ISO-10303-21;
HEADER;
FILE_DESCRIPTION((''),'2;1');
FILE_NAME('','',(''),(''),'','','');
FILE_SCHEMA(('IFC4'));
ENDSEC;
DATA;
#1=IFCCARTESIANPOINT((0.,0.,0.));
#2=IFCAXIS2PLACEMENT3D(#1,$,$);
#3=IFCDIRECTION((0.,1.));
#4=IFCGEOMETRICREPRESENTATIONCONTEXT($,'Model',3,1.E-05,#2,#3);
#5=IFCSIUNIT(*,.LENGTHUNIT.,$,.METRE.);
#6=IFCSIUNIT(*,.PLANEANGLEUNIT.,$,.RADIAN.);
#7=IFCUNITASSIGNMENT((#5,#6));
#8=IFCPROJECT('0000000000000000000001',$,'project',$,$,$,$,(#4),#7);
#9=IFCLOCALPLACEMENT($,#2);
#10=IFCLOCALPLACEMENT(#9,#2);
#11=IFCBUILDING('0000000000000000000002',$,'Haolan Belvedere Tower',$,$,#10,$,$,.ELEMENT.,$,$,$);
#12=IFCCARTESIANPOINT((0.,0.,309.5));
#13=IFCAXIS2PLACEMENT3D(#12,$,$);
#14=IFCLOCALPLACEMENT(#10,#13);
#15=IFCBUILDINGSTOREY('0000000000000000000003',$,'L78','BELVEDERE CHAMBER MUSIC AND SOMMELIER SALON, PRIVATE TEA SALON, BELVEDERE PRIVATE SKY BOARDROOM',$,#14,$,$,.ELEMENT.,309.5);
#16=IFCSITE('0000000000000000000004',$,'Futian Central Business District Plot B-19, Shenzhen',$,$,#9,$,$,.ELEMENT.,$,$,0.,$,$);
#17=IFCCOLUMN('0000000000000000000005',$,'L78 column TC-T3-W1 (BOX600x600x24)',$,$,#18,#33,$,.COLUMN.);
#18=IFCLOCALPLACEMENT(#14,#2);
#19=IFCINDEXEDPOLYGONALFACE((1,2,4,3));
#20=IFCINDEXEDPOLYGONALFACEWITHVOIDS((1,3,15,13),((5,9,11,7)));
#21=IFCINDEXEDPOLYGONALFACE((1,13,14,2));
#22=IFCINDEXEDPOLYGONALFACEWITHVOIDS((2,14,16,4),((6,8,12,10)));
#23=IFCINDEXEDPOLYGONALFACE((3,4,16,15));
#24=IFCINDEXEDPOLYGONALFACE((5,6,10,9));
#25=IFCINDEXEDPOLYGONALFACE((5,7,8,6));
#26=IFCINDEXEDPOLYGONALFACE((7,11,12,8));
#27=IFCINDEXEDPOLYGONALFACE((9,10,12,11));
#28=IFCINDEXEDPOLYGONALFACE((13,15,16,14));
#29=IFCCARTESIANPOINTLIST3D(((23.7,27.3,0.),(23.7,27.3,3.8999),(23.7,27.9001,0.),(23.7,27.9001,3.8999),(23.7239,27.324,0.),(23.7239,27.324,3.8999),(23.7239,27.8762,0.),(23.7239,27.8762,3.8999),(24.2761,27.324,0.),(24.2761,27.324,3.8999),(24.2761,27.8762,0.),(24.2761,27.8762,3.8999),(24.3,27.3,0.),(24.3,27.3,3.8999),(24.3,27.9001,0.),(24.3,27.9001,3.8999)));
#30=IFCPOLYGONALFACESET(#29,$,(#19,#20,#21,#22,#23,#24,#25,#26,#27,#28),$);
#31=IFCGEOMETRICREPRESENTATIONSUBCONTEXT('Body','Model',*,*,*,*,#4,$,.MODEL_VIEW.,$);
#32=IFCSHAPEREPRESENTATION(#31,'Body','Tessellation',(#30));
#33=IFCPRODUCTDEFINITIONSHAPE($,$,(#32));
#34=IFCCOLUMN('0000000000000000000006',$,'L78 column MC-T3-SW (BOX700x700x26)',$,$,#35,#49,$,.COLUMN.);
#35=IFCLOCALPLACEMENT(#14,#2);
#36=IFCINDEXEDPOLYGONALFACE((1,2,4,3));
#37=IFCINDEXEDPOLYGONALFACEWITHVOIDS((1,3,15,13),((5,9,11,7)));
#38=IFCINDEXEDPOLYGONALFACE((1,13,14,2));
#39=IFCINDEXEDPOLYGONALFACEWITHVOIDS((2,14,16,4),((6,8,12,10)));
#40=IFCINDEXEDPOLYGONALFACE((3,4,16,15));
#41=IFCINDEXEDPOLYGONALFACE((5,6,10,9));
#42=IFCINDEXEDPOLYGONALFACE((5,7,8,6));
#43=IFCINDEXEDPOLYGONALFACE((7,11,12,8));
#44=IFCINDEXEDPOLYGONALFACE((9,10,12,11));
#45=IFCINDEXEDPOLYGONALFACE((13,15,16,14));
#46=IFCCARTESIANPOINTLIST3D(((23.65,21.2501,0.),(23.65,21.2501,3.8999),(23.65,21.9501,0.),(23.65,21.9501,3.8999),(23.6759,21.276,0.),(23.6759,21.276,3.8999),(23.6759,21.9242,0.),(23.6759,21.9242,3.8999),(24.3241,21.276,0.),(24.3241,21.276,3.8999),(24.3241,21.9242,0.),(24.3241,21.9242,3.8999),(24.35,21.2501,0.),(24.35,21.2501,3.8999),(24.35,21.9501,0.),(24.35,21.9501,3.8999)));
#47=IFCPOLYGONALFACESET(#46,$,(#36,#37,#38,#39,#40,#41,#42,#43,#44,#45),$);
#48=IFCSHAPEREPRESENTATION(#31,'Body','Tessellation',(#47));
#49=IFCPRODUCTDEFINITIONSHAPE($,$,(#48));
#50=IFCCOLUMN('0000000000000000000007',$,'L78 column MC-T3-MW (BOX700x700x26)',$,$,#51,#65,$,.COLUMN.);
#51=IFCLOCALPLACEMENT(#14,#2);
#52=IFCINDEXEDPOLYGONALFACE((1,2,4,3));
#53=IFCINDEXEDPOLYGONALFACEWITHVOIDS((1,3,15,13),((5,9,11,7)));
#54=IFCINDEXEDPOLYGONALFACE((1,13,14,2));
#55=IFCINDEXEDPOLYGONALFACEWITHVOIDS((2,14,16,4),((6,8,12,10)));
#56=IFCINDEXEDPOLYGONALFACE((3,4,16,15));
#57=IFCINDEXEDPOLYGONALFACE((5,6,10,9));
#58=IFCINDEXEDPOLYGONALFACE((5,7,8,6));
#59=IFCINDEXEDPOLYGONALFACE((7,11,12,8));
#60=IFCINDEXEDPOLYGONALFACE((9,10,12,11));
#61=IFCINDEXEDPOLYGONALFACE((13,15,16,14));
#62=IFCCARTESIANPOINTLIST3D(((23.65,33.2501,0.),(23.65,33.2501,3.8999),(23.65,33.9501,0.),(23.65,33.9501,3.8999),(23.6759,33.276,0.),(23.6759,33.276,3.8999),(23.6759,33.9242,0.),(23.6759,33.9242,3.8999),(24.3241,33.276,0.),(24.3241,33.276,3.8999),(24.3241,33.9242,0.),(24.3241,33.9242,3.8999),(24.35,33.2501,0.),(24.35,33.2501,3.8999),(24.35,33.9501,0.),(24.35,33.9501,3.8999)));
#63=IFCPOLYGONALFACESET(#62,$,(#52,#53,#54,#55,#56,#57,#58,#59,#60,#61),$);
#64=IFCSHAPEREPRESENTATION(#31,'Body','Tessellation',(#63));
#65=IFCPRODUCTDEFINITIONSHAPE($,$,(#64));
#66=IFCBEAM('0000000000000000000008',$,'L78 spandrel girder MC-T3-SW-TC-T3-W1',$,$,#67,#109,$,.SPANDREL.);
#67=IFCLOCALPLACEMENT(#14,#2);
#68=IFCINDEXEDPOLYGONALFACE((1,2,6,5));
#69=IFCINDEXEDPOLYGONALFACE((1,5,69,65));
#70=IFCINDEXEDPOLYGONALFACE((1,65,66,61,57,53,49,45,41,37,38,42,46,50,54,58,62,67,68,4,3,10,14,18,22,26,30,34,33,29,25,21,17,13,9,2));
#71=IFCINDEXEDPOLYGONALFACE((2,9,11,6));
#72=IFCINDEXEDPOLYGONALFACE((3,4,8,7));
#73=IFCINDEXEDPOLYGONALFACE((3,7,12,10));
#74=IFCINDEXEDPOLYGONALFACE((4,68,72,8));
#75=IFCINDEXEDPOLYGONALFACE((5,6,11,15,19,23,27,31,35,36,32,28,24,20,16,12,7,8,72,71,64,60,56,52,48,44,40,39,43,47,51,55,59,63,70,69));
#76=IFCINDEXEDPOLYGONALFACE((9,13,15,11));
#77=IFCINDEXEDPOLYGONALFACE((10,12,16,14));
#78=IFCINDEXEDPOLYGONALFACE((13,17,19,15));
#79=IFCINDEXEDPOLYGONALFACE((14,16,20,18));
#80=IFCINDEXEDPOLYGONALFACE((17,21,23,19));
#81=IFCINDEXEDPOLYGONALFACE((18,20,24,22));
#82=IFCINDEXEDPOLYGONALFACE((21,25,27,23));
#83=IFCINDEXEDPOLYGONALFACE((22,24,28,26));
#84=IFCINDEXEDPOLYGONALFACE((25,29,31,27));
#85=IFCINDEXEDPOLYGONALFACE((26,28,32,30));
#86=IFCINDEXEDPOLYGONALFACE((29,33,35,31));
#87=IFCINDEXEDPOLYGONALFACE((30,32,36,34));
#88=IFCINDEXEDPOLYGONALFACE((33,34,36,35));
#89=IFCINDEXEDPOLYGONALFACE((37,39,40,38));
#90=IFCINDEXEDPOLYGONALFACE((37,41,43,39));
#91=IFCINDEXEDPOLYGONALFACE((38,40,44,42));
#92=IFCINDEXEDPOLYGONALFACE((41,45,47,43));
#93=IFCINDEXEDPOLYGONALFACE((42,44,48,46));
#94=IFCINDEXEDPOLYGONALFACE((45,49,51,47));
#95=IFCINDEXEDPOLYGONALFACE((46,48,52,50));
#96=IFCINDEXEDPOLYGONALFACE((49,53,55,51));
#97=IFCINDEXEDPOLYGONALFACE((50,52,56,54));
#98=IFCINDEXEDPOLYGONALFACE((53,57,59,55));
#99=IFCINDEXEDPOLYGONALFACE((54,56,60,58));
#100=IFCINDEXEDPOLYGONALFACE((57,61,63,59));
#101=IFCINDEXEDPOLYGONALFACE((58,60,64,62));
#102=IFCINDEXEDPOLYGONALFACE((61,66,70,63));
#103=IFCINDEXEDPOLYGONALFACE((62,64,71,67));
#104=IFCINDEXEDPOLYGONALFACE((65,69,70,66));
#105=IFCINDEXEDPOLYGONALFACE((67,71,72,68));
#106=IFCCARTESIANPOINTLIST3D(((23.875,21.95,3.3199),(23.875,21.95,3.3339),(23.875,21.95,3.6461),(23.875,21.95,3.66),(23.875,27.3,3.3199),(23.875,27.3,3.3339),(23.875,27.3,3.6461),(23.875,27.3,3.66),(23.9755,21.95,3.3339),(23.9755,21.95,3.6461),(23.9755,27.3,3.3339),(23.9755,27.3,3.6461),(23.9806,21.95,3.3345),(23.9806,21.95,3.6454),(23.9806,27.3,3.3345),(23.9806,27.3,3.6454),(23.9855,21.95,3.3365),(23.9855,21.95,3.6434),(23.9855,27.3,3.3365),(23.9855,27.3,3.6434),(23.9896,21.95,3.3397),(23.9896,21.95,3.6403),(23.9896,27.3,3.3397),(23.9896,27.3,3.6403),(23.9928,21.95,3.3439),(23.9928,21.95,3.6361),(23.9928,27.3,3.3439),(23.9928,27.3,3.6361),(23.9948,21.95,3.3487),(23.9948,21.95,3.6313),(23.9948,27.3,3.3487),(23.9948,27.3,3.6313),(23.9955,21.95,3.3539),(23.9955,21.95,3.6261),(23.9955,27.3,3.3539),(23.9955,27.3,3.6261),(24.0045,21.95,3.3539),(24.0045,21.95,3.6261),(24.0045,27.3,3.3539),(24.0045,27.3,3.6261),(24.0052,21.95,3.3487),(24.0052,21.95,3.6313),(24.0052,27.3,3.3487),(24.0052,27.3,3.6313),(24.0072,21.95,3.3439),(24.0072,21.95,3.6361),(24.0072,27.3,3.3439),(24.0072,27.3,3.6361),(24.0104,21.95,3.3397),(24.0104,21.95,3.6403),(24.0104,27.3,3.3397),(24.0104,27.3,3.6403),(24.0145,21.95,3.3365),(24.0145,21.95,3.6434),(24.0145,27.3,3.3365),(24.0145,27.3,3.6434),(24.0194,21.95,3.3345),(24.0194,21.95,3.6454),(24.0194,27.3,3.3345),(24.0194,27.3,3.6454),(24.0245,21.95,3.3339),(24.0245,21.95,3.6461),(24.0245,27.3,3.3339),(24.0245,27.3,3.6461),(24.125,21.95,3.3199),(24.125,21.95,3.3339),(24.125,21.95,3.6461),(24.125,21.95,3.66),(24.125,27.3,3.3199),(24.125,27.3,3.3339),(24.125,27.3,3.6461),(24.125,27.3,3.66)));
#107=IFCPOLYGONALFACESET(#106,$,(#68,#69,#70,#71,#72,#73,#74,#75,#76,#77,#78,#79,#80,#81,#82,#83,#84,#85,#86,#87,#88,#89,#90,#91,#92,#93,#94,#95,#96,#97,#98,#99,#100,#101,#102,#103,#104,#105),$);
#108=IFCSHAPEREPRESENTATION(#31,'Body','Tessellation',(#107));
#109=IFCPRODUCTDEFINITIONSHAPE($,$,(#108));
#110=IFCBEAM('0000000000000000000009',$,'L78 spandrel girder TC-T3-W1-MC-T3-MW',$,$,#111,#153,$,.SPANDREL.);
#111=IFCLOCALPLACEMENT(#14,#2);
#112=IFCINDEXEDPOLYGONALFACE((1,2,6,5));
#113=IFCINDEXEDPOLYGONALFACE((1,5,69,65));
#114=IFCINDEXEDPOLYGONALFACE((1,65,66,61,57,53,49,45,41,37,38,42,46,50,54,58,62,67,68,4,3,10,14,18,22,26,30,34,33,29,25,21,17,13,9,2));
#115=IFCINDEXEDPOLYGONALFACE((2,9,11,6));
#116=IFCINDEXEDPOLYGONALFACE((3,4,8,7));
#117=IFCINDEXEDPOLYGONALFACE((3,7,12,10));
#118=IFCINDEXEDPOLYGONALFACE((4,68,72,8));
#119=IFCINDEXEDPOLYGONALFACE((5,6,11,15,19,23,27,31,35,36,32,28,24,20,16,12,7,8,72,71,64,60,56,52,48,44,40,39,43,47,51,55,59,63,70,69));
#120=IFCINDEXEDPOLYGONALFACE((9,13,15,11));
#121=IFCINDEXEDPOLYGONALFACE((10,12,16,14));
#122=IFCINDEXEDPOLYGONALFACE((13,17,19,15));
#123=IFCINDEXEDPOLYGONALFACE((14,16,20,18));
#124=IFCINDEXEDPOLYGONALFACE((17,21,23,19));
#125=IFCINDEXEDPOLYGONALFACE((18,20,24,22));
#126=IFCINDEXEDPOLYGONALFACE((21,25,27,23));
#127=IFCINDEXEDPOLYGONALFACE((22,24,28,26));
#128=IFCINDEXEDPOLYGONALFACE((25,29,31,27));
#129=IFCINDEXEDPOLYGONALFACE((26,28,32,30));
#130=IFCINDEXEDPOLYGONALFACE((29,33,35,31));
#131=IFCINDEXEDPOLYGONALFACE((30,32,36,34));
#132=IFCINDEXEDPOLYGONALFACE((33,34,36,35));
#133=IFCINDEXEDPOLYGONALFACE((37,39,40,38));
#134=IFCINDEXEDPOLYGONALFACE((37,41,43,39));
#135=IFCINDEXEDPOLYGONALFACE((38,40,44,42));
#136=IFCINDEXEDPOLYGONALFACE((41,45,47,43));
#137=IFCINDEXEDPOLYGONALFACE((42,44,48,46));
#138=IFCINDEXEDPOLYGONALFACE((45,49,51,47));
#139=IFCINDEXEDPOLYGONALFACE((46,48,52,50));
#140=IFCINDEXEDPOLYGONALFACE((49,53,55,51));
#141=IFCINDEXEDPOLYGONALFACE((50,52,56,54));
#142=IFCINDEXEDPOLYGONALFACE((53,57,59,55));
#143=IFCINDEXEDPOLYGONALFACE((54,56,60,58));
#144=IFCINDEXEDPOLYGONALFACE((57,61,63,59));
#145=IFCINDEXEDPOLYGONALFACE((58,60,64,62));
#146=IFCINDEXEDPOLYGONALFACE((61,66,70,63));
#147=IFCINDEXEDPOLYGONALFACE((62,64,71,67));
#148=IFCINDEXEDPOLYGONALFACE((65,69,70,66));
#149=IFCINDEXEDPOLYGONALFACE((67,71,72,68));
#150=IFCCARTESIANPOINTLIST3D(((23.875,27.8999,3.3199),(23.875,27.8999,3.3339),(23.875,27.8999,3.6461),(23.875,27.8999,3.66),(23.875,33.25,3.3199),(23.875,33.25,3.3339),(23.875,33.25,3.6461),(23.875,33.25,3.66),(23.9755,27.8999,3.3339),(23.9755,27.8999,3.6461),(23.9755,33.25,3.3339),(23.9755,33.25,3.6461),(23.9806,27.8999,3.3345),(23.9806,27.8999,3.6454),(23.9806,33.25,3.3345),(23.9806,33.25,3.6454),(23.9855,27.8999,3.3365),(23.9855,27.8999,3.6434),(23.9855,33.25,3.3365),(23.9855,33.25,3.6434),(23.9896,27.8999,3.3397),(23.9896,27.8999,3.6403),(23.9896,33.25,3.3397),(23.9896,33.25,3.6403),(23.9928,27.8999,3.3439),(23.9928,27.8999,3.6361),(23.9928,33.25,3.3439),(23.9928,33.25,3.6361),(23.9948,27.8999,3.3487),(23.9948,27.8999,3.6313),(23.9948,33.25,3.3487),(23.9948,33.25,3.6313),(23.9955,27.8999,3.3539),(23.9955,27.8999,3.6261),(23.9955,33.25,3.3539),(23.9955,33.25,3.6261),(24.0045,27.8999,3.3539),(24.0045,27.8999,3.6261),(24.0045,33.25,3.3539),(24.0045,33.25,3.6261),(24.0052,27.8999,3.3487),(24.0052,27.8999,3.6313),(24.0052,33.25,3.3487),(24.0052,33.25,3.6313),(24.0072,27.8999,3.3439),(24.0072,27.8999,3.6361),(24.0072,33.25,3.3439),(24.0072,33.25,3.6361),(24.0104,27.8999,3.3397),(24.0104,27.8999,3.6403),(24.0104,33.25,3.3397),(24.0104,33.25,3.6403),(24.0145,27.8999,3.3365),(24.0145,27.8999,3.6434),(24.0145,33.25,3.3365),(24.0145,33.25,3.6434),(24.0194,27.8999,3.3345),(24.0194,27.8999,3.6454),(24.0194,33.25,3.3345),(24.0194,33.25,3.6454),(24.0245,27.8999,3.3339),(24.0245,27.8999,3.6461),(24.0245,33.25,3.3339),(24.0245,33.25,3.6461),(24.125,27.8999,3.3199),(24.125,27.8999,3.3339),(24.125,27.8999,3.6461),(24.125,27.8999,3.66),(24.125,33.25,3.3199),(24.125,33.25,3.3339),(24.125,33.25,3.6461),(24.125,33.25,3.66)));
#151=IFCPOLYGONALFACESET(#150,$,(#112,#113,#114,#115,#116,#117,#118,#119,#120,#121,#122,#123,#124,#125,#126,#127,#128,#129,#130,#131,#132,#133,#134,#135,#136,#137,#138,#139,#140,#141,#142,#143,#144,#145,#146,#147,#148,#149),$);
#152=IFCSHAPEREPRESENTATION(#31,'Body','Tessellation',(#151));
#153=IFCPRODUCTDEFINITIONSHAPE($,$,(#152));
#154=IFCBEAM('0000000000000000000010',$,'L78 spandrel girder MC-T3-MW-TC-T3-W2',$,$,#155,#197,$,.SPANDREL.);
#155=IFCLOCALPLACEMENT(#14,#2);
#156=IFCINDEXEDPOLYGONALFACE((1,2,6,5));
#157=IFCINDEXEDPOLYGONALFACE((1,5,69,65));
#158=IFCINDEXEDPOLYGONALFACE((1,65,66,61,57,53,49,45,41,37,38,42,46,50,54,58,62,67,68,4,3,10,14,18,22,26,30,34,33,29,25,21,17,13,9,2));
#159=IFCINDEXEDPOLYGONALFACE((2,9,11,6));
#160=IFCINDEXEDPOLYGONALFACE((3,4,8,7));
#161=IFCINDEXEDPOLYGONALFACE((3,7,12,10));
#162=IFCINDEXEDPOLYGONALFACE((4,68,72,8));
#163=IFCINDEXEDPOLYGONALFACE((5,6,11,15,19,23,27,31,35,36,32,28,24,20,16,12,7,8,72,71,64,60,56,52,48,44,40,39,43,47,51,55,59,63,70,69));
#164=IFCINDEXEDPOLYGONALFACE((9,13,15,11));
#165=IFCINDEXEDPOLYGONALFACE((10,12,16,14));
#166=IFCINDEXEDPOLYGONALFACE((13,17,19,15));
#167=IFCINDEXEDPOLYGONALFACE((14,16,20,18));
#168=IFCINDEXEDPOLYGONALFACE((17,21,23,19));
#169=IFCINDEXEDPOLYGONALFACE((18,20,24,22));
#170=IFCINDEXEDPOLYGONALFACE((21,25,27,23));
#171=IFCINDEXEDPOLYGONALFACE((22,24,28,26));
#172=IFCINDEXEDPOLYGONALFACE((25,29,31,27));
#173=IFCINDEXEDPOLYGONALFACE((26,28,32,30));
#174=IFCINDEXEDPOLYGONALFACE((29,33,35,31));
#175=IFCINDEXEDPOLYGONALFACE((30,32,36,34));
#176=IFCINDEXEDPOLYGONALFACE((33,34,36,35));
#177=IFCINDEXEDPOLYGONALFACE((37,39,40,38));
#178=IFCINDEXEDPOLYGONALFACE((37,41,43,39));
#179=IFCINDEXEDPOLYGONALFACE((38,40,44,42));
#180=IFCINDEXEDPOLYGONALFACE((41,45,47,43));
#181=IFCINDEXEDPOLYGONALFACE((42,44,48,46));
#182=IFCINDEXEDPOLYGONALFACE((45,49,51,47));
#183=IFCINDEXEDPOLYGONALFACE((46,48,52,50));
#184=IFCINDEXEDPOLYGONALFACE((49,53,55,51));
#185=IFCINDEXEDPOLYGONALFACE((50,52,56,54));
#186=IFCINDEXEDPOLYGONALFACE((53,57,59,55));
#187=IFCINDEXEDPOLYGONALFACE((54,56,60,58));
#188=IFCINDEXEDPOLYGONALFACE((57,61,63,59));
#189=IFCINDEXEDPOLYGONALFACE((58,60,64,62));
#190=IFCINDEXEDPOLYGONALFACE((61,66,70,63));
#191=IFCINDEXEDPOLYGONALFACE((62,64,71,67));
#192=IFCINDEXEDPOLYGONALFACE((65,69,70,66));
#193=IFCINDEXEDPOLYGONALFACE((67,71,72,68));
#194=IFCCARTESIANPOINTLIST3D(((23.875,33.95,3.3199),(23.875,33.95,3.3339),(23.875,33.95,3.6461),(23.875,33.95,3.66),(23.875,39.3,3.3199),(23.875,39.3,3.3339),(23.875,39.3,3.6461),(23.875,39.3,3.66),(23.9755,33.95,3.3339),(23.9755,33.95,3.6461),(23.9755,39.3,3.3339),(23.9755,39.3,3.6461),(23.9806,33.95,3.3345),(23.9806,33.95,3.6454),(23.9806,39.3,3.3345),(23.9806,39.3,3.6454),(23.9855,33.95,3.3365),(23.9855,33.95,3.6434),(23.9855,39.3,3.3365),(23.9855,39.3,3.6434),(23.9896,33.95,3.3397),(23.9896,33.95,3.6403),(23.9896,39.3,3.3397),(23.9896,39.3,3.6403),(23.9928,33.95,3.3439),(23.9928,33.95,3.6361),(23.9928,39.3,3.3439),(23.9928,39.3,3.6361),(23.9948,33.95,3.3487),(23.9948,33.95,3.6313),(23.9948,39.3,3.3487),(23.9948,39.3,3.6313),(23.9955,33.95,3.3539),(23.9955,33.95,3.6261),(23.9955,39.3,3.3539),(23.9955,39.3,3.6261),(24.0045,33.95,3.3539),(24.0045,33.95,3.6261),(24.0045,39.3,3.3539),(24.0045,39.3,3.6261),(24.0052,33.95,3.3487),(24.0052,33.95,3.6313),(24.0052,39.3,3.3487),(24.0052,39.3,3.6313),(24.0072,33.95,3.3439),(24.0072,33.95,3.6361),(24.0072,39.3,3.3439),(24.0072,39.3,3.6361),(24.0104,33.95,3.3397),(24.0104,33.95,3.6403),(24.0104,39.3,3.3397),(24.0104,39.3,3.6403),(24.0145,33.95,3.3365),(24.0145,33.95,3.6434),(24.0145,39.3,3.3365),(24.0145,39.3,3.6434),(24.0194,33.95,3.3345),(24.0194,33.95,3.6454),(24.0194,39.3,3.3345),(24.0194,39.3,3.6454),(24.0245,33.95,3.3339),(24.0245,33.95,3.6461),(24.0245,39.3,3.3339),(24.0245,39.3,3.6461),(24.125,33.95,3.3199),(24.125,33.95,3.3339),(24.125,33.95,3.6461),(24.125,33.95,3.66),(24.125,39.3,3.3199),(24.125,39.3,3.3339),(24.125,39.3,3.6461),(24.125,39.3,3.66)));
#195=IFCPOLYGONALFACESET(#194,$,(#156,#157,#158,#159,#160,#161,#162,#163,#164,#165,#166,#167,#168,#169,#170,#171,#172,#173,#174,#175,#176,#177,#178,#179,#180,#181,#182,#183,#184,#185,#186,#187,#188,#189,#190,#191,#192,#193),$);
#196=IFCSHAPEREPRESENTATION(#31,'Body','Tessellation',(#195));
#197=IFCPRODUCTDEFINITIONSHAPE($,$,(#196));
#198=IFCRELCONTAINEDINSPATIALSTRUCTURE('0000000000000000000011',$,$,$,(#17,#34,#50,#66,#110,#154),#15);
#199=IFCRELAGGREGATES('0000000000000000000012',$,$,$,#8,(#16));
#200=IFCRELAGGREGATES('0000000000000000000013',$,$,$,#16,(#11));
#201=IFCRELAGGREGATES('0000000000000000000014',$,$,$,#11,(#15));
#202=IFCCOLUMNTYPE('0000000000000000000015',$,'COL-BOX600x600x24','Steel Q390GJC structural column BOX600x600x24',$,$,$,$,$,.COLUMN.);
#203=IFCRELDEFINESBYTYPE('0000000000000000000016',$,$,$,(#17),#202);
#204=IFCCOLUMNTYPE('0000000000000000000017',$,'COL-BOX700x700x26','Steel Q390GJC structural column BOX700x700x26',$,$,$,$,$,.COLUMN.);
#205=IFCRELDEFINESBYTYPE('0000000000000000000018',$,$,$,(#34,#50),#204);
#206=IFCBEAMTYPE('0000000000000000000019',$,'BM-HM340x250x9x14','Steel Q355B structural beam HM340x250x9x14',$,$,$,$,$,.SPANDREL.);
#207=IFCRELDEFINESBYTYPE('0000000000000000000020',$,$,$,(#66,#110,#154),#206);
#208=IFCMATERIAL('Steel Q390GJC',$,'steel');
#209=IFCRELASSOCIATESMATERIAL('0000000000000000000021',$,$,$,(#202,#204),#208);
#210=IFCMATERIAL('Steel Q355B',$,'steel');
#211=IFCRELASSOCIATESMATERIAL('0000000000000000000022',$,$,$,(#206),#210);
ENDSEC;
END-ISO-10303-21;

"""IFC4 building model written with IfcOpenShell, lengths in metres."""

from ifc_helpers import new_model, si_unit, direction, frame, origin, origin_2d, place, context, subcontext, project, spatial, hollow_rectangle, i_section, extrude, material, material_profile, profile_set, type_object, element, save


model = new_model("IFC4")

# Units and contexts
model_context = context("Model", 3, precision=1e-05, world=origin(), true_north=direction((0.0, 1.0)))
body_context = subcontext(model_context, "Body", "Model", "MODEL_VIEW")
ifc_project = project(units=[si_unit("LENGTHUNIT", "METRE"), si_unit("PLANEANGLEUNIT", "RADIAN")], contexts=[model_context])

# Site, building, storey
site_placement = place(None, origin())
site = spatial("IfcSite", under=ifc_project, at=site_placement, Name="Futian Central Business District Plot B-19, Shenzhen", CompositionType="ELEMENT", RefElevation=0.0)
building_placement = place(site_placement, origin())
building = spatial("IfcBuilding", under=site, at=building_placement, Name="Haolan Belvedere Tower", CompositionType="ELEMENT")
storey_placement = place(building_placement, frame((0.0, 0.0, 309.5)))
storey = spatial("IfcBuildingStorey", under=building, at=storey_placement, Name="L78", Description="BELVEDERE CHAMBER MUSIC AND SOMMELIER SALON, PRIVATE TEA SALON, BELVEDERE PRIVATE SKY BOARDROOM", CompositionType="ELEMENT", Elevation=309.5)

# Columns
ifc_material_1 = material(Name="Steel Q390GJC", Category="steel")
ifc_material_profile_1 = material_profile(ifc_material_1, hollow_rectangle(XDim=0.6001, YDim=0.6001, WallThickness=0.0239, at=origin_2d()), Name="Steel Q390GJC")
ifc_profile_set_1 = profile_set([ifc_material_profile_1], Name="Steel Q390GJC")
column_type_1 = type_object("IfcColumnType", Name="COL-BOX600x600x24", Description="Steel Q390GJC structural column BOX600x600x24", PredefinedType="COLUMN", material=ifc_profile_set_1)
column_placement = place(storey_placement, frame((24.0, 27.6001, 0.0), z_axis=(0.0, 0.0, 1.0), x_axis=(1.0, 0.0, 0.0)))
element("IfcColumn", 1, at=column_placement, inside=storey, type_object=column_type_1, Name="L78 column TC-T3-W1 (BOX600x600x24)", PredefinedType="COLUMN", context=body_context, shape_type="SweptSolid", body=[
    extrude(hollow_rectangle(XDim=0.6001, YDim=0.6001, WallThickness=0.0239, at=origin_2d()), origin(), (0.0, 0.0, 1.0), 3.8999),
])
ifc_material_profile_2 = material_profile(ifc_material_1, hollow_rectangle(XDim=0.7, YDim=0.7, WallThickness=0.0259, at=origin_2d()), Name="Steel Q390GJC")
ifc_profile_set_2 = profile_set([ifc_material_profile_2], Name="Steel Q390GJC")
column_type_2 = type_object("IfcColumnType", Name="COL-BOX700x700x26", Description="Steel Q390GJC structural column BOX700x700x26", PredefinedType="COLUMN", material=ifc_profile_set_2)
for number, where, z_axis, x_axis, name in (
    (2, (24.0, 21.6001, 0.0), (0.0, 0.0, 1.0), (1.0, 0.0, 0.0), "L78 column MC-T3-SW (BOX700x700x26)"),
    (3, (24.0, 33.6001, 0.0), (0.0, 0.0, 1.0), (1.0, 0.0, 0.0), "L78 column MC-T3-MW (BOX700x700x26)"),
):
    element("IfcColumn", number, at=place(storey_placement, frame(where, z_axis=z_axis, x_axis=x_axis)), inside=storey, type_object=column_type_2, Name=name, PredefinedType="COLUMN", context=body_context, shape_type="SweptSolid", body=[
        extrude(hollow_rectangle(XDim=0.7, YDim=0.7, WallThickness=0.0259, at=origin_2d()), origin(), (0.0, 0.0, 1.0), 3.8999),
    ])

# Beams
ifc_material_2 = material(Name="Steel Q355B", Category="steel")
ifc_material_profile_3 = material_profile(ifc_material_2, i_section(OverallWidth=0.25, OverallDepth=0.3401, WebThickness=0.009, FlangeThickness=0.0139, FilletRadius=0.02, at=origin_2d()), Name="Steel Q355B")
ifc_profile_set_3 = profile_set([ifc_material_profile_3], Name="Steel Q355B")
beam_type_1 = type_object("IfcBeamType", Name="BM-HM340x250x9x14", Description="Steel Q355B structural beam HM340x250x9x14", PredefinedType="SPANDREL", material=ifc_profile_set_3)
for number, where, z_axis, x_axis, name in (
    (4, (24.0, 21.95, 3.49), (0.0, 1.0, 0.0), (-1.0, 0.0, 0.0), "L78 spandrel girder MC-T3-SW-TC-T3-W1"),
    (5, (24.0, 27.8999, 3.49), (0.0, 1.0, 0.0), (-1.0, 0.0, 0.0), "L78 spandrel girder TC-T3-W1-MC-T3-MW"),
    (6, (24.0, 33.95, 3.49), (0.0, 1.0, 0.0), (-1.0, 0.0, 0.0), "L78 spandrel girder MC-T3-MW-TC-T3-W2"),
):
    element("IfcBeam", number, at=place(storey_placement, frame(where, z_axis=z_axis, x_axis=x_axis)), inside=storey, type_object=beam_type_1, Name=name, PredefinedType="SPANDREL", context=body_context, shape_type="SweptSolid", body=[
        extrude(i_section(OverallWidth=0.25, OverallDepth=0.3401, WebThickness=0.009, FlangeThickness=0.0139, FilletRadius=0.02, at=origin_2d()), origin(), (0.0, 0.0, 1.0), 5.3501),
    ])

save(model, "model.ifc")
